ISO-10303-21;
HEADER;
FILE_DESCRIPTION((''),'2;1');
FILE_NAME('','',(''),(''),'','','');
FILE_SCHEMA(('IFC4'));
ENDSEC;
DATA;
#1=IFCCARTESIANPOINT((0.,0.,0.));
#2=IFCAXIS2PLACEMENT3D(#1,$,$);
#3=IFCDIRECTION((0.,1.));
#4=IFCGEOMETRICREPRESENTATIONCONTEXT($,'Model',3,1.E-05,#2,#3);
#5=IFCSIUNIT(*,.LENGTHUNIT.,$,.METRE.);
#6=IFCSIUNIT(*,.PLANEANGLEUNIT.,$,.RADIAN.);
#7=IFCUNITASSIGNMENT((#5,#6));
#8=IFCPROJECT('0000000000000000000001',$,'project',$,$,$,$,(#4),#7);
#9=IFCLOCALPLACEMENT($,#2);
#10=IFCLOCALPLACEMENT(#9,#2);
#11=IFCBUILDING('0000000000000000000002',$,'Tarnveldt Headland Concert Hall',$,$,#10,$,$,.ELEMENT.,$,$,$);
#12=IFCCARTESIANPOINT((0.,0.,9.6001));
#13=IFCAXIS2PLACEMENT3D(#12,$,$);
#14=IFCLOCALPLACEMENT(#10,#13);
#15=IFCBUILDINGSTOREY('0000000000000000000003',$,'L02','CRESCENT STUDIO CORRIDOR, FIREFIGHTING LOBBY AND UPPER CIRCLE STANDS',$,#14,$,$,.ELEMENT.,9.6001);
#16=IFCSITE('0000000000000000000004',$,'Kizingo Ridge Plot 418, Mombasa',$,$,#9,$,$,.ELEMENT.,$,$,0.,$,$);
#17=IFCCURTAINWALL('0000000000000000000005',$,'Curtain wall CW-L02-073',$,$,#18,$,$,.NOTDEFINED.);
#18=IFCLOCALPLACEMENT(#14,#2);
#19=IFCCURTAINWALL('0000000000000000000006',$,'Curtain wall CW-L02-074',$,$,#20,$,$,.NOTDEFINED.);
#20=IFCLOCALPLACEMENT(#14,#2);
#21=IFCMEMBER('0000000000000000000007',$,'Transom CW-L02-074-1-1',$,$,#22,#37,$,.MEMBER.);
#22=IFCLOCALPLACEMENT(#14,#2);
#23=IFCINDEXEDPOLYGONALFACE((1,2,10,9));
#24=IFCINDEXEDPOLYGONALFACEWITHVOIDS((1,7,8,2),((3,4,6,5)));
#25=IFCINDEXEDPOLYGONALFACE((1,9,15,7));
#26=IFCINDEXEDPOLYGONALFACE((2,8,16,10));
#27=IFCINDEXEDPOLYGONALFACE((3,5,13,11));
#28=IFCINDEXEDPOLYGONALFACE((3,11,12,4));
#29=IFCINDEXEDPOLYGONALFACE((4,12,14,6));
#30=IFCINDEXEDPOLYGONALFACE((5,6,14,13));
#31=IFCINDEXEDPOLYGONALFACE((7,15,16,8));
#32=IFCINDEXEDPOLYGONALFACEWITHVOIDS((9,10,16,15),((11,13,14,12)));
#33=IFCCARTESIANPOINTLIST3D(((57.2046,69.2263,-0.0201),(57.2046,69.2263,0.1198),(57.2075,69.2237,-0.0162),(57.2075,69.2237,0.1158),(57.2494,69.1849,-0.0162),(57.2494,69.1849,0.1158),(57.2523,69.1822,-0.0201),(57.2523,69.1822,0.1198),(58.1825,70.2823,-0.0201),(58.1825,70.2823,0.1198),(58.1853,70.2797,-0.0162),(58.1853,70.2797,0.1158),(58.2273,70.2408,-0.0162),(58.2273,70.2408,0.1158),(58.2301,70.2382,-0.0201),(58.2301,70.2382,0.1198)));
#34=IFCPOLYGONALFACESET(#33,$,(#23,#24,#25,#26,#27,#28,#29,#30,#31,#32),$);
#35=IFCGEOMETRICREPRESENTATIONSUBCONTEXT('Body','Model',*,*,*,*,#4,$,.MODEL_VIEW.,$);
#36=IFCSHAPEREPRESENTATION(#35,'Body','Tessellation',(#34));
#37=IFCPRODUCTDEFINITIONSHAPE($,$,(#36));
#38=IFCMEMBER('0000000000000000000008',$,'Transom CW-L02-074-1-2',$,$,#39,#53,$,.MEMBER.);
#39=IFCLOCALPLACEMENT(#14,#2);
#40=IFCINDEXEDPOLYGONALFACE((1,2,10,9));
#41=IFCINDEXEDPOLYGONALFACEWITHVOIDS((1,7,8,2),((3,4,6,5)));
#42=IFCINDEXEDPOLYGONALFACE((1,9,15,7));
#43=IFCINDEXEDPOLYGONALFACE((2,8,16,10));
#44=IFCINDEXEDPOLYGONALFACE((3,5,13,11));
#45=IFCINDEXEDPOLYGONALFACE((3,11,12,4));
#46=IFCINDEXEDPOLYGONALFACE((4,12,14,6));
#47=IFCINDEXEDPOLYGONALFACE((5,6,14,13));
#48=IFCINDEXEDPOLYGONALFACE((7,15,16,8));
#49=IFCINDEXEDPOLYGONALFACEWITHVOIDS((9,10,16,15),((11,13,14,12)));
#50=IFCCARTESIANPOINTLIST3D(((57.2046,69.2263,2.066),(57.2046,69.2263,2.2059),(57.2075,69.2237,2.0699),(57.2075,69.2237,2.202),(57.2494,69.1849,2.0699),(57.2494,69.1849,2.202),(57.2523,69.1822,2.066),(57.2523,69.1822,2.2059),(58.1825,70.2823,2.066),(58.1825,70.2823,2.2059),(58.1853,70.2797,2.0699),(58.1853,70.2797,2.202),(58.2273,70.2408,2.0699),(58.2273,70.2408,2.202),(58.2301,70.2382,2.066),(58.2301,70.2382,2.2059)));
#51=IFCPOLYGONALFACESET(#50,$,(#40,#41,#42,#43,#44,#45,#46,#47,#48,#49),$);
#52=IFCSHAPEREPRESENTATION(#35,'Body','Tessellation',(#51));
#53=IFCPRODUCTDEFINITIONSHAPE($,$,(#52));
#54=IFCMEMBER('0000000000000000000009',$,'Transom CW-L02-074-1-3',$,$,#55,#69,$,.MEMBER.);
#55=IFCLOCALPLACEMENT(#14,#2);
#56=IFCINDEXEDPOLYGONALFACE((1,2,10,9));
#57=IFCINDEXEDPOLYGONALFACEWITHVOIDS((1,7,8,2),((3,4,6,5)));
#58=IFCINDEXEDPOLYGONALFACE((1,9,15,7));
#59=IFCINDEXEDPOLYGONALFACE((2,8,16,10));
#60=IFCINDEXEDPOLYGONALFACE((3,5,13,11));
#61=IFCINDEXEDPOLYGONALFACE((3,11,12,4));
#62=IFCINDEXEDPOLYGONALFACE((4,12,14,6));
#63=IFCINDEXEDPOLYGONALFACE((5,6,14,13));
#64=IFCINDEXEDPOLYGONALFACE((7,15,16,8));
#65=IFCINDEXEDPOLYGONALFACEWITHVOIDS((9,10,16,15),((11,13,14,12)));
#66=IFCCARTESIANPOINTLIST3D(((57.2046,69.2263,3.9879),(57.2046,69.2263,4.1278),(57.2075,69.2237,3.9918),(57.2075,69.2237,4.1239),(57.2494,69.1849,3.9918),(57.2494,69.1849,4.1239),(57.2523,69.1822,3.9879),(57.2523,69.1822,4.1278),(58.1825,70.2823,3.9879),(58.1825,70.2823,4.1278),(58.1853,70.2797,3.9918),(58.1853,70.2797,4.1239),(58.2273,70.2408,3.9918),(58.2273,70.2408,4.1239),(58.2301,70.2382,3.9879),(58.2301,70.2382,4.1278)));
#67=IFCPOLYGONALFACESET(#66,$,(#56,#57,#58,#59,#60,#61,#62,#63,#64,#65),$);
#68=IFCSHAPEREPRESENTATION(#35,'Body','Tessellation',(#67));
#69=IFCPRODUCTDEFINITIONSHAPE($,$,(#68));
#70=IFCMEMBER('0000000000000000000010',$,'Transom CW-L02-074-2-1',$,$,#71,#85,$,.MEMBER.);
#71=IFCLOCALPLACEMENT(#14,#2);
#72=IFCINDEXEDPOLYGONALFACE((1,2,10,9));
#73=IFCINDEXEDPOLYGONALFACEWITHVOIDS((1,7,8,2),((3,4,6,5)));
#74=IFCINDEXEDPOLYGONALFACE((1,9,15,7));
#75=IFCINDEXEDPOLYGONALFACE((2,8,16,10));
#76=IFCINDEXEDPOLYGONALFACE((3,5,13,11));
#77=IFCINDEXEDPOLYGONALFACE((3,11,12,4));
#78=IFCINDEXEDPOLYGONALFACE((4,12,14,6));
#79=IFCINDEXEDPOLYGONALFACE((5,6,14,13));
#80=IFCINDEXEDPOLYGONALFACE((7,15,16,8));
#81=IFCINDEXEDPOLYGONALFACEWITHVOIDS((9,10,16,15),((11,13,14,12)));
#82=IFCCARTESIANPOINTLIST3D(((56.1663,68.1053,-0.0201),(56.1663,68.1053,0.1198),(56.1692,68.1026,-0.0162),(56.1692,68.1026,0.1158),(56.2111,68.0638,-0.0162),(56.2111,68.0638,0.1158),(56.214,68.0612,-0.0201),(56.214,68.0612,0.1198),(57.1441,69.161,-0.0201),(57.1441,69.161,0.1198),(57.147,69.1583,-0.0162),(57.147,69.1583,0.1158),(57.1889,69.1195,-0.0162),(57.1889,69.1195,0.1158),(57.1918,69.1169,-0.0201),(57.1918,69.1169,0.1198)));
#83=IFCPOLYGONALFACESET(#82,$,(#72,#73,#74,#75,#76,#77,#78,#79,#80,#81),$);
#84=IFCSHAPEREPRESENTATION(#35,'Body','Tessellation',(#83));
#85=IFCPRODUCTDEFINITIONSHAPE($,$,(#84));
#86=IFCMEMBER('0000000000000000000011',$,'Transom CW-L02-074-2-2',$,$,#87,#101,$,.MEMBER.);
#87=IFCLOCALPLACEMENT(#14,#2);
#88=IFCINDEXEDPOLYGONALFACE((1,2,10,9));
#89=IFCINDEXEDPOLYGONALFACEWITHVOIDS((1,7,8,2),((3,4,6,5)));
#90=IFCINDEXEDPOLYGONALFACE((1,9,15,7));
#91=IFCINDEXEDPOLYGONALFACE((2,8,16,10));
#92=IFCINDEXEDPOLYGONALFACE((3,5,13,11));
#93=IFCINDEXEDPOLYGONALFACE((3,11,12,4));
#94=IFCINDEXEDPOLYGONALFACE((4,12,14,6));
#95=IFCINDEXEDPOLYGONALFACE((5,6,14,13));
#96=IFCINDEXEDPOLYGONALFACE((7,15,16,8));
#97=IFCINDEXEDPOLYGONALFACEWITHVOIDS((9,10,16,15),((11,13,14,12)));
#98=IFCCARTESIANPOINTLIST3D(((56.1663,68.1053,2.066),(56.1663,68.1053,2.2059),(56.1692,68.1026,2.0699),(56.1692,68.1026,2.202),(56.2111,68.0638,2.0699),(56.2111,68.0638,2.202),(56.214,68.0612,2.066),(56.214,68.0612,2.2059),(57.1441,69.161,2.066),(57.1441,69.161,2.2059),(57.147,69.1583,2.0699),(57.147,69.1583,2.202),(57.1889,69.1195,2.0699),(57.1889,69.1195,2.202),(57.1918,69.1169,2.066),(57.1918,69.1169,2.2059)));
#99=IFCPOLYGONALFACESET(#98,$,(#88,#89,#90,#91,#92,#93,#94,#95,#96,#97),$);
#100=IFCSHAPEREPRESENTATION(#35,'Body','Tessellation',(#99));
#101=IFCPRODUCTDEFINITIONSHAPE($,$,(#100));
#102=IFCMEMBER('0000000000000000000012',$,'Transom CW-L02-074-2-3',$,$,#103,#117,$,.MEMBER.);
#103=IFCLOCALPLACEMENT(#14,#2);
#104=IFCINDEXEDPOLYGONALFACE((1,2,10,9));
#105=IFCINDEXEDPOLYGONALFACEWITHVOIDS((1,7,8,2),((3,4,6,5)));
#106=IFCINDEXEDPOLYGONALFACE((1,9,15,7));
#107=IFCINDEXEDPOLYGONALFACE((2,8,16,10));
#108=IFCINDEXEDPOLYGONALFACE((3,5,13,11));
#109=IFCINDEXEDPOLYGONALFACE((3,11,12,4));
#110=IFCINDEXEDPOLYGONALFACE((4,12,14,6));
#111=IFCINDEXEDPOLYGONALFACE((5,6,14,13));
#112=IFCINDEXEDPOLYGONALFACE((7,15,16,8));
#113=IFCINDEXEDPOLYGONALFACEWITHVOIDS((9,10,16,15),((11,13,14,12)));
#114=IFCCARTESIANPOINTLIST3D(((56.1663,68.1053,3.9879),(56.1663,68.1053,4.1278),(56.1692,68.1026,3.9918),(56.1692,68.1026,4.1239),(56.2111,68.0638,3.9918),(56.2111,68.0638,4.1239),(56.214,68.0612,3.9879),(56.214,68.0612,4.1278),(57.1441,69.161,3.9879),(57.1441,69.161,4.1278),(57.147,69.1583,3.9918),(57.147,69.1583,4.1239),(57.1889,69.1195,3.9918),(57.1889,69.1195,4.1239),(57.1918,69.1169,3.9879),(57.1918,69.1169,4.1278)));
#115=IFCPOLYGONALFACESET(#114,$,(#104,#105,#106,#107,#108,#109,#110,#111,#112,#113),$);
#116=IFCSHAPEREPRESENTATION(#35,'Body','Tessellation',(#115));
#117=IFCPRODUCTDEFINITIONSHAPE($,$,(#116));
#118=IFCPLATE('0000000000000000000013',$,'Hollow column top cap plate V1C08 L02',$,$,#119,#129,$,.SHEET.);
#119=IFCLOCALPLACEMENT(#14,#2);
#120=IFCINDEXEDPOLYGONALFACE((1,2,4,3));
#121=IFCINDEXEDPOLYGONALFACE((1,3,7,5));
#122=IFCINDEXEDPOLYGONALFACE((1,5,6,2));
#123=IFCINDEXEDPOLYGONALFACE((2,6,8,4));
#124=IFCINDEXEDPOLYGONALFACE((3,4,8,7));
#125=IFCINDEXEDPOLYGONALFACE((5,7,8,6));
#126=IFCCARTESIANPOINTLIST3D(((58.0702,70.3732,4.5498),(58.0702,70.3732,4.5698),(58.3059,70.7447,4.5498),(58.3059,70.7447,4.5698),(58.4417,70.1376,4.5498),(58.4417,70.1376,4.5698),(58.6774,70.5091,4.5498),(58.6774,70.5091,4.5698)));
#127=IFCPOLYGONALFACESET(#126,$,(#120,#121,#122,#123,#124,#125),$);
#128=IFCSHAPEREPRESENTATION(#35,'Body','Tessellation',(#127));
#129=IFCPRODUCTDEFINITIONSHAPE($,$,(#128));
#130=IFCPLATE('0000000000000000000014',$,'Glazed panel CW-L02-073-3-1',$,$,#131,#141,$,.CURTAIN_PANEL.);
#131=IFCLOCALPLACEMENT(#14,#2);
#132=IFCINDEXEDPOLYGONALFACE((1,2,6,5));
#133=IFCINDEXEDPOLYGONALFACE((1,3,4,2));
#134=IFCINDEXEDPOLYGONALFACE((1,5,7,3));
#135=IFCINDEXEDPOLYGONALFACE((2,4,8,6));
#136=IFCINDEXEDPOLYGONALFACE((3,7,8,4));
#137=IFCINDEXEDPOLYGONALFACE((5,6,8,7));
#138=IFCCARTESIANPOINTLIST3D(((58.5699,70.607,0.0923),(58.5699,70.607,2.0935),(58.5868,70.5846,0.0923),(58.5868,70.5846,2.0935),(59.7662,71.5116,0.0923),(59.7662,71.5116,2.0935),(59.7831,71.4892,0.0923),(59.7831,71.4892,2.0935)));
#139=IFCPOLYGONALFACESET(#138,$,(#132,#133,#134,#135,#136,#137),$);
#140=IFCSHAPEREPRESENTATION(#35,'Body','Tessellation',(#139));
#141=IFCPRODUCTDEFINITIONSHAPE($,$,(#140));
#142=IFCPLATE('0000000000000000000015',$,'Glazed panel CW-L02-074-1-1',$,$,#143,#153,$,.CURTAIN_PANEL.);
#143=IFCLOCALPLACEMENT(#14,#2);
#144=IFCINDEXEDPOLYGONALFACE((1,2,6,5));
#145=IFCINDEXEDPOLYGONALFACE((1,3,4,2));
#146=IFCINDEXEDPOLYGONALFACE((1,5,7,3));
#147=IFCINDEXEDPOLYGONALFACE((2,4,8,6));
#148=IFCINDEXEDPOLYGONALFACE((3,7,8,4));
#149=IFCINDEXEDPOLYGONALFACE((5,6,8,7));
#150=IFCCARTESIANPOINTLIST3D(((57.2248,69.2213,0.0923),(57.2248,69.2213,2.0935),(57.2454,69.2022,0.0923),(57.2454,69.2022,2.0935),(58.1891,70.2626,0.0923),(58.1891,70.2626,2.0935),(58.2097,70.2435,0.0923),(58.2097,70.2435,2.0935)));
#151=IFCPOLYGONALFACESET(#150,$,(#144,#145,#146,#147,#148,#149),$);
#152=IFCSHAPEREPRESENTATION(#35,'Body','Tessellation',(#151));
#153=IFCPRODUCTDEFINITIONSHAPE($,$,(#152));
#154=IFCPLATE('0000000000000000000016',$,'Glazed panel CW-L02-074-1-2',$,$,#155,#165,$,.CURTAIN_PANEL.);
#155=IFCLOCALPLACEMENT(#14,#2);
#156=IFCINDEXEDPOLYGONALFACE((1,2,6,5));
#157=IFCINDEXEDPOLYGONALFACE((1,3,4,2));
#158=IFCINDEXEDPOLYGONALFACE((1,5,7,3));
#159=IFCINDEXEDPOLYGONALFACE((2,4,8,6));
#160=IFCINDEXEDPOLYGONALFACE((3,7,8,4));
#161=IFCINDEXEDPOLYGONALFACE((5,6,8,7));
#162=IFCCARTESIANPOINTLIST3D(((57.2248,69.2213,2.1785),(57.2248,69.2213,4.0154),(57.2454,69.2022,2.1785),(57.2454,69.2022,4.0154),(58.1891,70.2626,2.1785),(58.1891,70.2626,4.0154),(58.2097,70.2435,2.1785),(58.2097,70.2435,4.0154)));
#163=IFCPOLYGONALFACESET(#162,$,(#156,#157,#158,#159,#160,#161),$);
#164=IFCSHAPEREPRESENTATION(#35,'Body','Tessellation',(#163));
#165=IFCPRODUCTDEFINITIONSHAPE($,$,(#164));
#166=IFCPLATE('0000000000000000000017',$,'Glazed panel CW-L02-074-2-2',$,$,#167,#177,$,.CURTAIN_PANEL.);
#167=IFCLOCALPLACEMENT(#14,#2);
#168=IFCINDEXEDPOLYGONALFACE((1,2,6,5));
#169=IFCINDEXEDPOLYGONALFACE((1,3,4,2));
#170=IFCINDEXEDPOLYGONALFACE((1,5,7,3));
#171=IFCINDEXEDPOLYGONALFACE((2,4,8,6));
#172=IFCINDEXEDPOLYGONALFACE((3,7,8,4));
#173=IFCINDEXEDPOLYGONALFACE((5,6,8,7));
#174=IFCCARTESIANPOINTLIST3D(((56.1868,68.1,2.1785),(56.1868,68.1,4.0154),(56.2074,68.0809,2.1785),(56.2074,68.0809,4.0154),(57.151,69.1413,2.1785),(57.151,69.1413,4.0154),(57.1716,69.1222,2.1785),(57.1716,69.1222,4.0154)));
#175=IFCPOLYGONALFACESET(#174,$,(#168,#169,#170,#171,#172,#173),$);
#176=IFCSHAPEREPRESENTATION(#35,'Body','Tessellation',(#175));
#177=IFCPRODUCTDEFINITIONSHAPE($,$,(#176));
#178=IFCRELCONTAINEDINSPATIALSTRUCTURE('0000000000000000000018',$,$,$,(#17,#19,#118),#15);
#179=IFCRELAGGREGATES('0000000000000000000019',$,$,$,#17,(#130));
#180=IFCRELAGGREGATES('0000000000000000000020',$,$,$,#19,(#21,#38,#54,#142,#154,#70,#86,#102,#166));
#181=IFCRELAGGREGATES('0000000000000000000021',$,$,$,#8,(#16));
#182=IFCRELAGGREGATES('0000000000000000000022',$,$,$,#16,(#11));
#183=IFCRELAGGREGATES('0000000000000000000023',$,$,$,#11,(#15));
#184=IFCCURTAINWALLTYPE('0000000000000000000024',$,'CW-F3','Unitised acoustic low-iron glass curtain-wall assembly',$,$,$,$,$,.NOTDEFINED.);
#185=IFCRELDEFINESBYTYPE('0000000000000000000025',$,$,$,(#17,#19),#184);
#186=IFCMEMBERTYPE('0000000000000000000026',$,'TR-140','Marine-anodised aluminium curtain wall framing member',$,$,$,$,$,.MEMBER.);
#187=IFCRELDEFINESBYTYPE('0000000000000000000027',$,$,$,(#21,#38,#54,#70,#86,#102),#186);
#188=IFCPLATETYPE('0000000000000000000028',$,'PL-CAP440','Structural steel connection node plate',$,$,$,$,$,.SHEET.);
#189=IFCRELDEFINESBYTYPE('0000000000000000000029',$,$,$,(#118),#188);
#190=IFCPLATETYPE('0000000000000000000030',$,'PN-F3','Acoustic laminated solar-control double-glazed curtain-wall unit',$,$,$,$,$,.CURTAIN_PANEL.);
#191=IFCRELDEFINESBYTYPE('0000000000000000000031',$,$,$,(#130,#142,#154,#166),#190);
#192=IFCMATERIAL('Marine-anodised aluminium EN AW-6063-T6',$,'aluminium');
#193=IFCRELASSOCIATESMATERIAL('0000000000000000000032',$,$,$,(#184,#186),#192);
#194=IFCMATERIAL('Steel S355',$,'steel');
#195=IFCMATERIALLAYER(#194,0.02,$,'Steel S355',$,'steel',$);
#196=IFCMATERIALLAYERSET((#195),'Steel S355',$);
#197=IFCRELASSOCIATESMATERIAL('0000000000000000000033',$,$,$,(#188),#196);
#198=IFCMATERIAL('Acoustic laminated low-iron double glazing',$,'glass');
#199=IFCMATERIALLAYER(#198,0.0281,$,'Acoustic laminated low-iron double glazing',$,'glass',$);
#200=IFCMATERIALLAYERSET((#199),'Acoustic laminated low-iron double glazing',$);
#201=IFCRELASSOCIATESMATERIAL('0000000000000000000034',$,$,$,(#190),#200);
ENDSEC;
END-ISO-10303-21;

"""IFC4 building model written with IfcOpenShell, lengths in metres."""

from ifc_helpers import new_model, si_unit, direction, frame, origin, origin_2d, place, context, subcontext, project, spatial, rectangle, hollow_rectangle, extrude, material, layer, layer_set, material_profile, profile_set, type_object, element, aggregate, save


model = new_model("IFC4")

# Units and contexts
model_context = context("Model", 3, precision=1e-05, world=origin(), true_north=direction((0.0, 1.0)))
body_context = subcontext(model_context, "Body", "Model", "MODEL_VIEW")
ifc_project = project(units=[si_unit("LENGTHUNIT", "METRE"), si_unit("PLANEANGLEUNIT", "RADIAN")], contexts=[model_context])

# Site, building, storey
site_placement = place(None, origin())
site = spatial("IfcSite", under=ifc_project, at=site_placement, Name="Kizingo Ridge Plot 418, Mombasa", CompositionType="ELEMENT", RefElevation=0.0)
building_placement = place(site_placement, origin())
building = spatial("IfcBuilding", under=site, at=building_placement, Name="Tarnveldt Headland Concert Hall", CompositionType="ELEMENT")
storey_placement = place(building_placement, frame((0.0, 0.0, 9.6001)))
storey = spatial("IfcBuildingStorey", under=building, at=storey_placement, Name="L02", Description="CRESCENT STUDIO CORRIDOR, FIREFIGHTING LOBBY AND UPPER CIRCLE STANDS", CompositionType="ELEMENT", Elevation=9.6001)

# Shared definitions
ifc_material_1 = material(Name="Steel S355", Category="steel")

# Curtain wall
ifc_material_2 = material(Name="Marine-anodised aluminium EN AW-6063-T6", Category="aluminium")
curtain_wall_type = type_object("IfcCurtainWallType", Name="CW-F3", Description="Unitised acoustic low-iron glass curtain-wall assembly", PredefinedType="NOTDEFINED", material=ifc_material_2)
curtain_wall_1_placement = place(storey_placement, origin())
curtain_wall_1 = element("IfcCurtainWall", 1, at=curtain_wall_1_placement, inside=storey, type_object=curtain_wall_type, Name="Curtain wall CW-L02-073", PredefinedType="NOTDEFINED")

# Curtain wall
curtain_wall_2_placement = place(storey_placement, origin())
curtain_wall_2 = element("IfcCurtainWall", 2, at=curtain_wall_2_placement, inside=storey, type_object=curtain_wall_type, Name="Curtain wall CW-L02-074", PredefinedType="NOTDEFINED")

# Members
ifc_material_profile_1 = material_profile(ifc_material_2, hollow_rectangle(XDim=0.0649, YDim=0.1399, WallThickness=0.0039, at=origin_2d()), Name="ALU TRANSOM 65x140x4", Category="aluminium")
ifc_profile_set_1 = profile_set([ifc_material_profile_1], Name="Marine-anodised aluminium EN AW-6063-T6")
member_type_1 = type_object("IfcMemberType", Name="TR-140", Description="Marine-anodised aluminium curtain wall framing member", PredefinedType="MEMBER", material=ifc_profile_set_1)
member_1_placement = place(storey_placement, frame((58.2063, 70.2603, 0.0498), z_axis=(-0.679442, -0.733729, 0.0), x_axis=(0.733729, -0.679442, 0.0)))
member_1 = element("IfcMember", 3, at=member_1_placement, type_object=member_type_1, Name="Transom CW-L02-074-1-1", PredefinedType="MEMBER", context=body_context, shape_type="SweptSolid", body=[
    extrude(hollow_rectangle(XDim=0.0649, YDim=0.1399, WallThickness=0.0039, at=origin_2d()), origin(), (0.0, 0.0, 1.0), 1.4392),
])
member_2_placement = place(storey_placement, frame((58.2063, 70.2603, 2.136), z_axis=(-0.679442, -0.733729, 0.0), x_axis=(0.733729, -0.679442, 0.0)))
member_2 = element("IfcMember", 4, at=member_2_placement, type_object=member_type_1, Name="Transom CW-L02-074-1-2", PredefinedType="MEMBER", context=body_context, shape_type="SweptSolid", body=[
    extrude(hollow_rectangle(XDim=0.0649, YDim=0.1399, WallThickness=0.0039, at=origin_2d()), origin(), (0.0, 0.0, 1.0), 1.4392),
])
member_3_placement = place(storey_placement, frame((58.2063, 70.2603, 4.0579), z_axis=(-0.679442, -0.733729, 0.0), x_axis=(0.733729, -0.679442, 0.0)))
member_3 = element("IfcMember", 5, at=member_3_placement, type_object=member_type_1, Name="Transom CW-L02-074-1-3", PredefinedType="MEMBER", context=body_context, shape_type="SweptSolid", body=[
    extrude(hollow_rectangle(XDim=0.0649, YDim=0.1399, WallThickness=0.0039, at=origin_2d()), origin(), (0.0, 0.0, 1.0), 1.4392),
])
member_4_placement = place(storey_placement, frame((57.168, 69.1389, 0.0498), z_axis=(-0.679526, -0.733651, 0.0), x_axis=(0.733651, -0.679526, 0.0)))
member_4 = element("IfcMember", 6, at=member_4_placement, type_object=member_type_1, Name="Transom CW-L02-074-2-1", PredefinedType="MEMBER", context=body_context, shape_type="SweptSolid", body=[
    extrude(hollow_rectangle(XDim=0.0649, YDim=0.1399, WallThickness=0.0039, at=origin_2d()), origin(), (0.0, 0.0, 1.0), 1.439),
])
member_5_placement = place(storey_placement, frame((57.168, 69.1389, 2.136), z_axis=(-0.679526, -0.733651, 0.0), x_axis=(0.733651, -0.679526, 0.0)))
member_5 = element("IfcMember", 7, at=member_5_placement, type_object=member_type_1, Name="Transom CW-L02-074-2-2", PredefinedType="MEMBER", context=body_context, shape_type="SweptSolid", body=[
    extrude(hollow_rectangle(XDim=0.0649, YDim=0.1399, WallThickness=0.0039, at=origin_2d()), origin(), (0.0, 0.0, 1.0), 1.439),
])
member_6_placement = place(storey_placement, frame((57.168, 69.1389, 4.0579), z_axis=(-0.679526, -0.733651, 0.0), x_axis=(0.733651, -0.679526, 0.0)))
member_6 = element("IfcMember", 8, at=member_6_placement, type_object=member_type_1, Name="Transom CW-L02-074-2-3", PredefinedType="MEMBER", context=body_context, shape_type="SweptSolid", body=[
    extrude(hollow_rectangle(XDim=0.0649, YDim=0.1399, WallThickness=0.0039, at=origin_2d()), origin(), (0.0, 0.0, 1.0), 1.439),
])

# Plates
ifc_layer_1 = layer(ifc_material_1, 0.02, Name="Steel S355", Category="steel")
ifc_layer_set_1 = layer_set([ifc_layer_1], Name="Steel S355")
plate_type_1 = type_object("IfcPlateType", Name="PL-CAP440", Description="Structural steel connection node plate", PredefinedType="SHEET", material=ifc_layer_set_1)
plate_1_placement = place(storey_placement, frame((58.3738, 70.4412, 4.5498), z_axis=(0.0, 0.0, 1.0), x_axis=(-0.844421, 0.535679, 0.0)))
element("IfcPlate", 9, at=plate_1_placement, inside=storey, type_object=plate_type_1, Name="Hollow column top cap plate V1C08 L02", PredefinedType="SHEET", context=body_context, shape_type="SweptSolid", body=[
    extrude(rectangle(XDim=0.4399, YDim=0.4399, at=origin_2d()), origin(), (0.0, 0.0, 1.0), 0.02),
])
ifc_material_3 = material(Name="Acoustic laminated low-iron double glazing", Category="glass")
ifc_layer_2 = layer(ifc_material_3, 0.0281, Name="Acoustic laminated low-iron double glazing", Category="glass")
ifc_layer_set_2 = layer_set([ifc_layer_2], Name="Acoustic laminated low-iron double glazing")
plate_type_2 = type_object("IfcPlateType", Name="PN-F3", Description="Acoustic laminated solar-control double-glazed curtain-wall unit", PredefinedType="CURTAIN_PANEL", material=ifc_layer_set_2)
plate_2_placement = place(storey_placement, frame((59.1765, 71.0481, 0.0923), z_axis=(0.0, 0.0, 1.0), x_axis=(-0.797658, -0.603111, 0.0)))
plate_2 = element("IfcPlate", 10, at=plate_2_placement, type_object=plate_type_2, Name="Glazed panel CW-L02-073-3-1", PredefinedType="CURTAIN_PANEL", context=body_context, shape_type="SweptSolid", body=[
    extrude(rectangle(XDim=1.4998, YDim=0.0281, at=origin_2d()), origin(), (0.0, 0.0, 1.0), 2.0012),
])
aggregate(curtain_wall_1, [plate_2])
plate_3_placement = place(storey_placement, frame((57.7173, 69.7324, 0.0923), z_axis=(0.0, 0.0, 1.0), x_axis=(-0.679467, -0.733706, 0.0)))
plate_3 = element("IfcPlate", 11, at=plate_3_placement, type_object=plate_type_2, Name="Glazed panel CW-L02-074-1-1", PredefinedType="CURTAIN_PANEL", context=body_context, shape_type="SweptSolid", body=[
    extrude(rectangle(XDim=1.4192, YDim=0.0281, at=origin_2d()), origin(), (0.0, 0.0, 1.0), 2.0012),
])
plate_4_placement = place(storey_placement, frame((57.7173, 69.7324, 2.1785), z_axis=(0.0, 0.0, 1.0), x_axis=(-0.679467, -0.733706, 0.0)))
plate_4 = element("IfcPlate", 12, at=plate_4_placement, type_object=plate_type_2, Name="Glazed panel CW-L02-074-1-2", PredefinedType="CURTAIN_PANEL", context=body_context, shape_type="SweptSolid", body=[
    extrude(rectangle(XDim=1.4192, YDim=0.0281, at=origin_2d()), origin(), (0.0, 0.0, 1.0), 1.8369),
])
plate_5_placement = place(storey_placement, frame((56.6792, 68.6111, 2.1785), z_axis=(0.0, 0.0, 1.0), x_axis=(-0.679467, -0.733706, 0.0)))
plate_5 = element("IfcPlate", 13, at=plate_5_placement, type_object=plate_type_2, Name="Glazed panel CW-L02-074-2-2", PredefinedType="CURTAIN_PANEL", context=body_context, shape_type="SweptSolid", body=[
    extrude(rectangle(XDim=1.4192, YDim=0.0281, at=origin_2d()), origin(), (0.0, 0.0, 1.0), 1.8369),
])
aggregate(curtain_wall_2, [member_1, member_2, member_3, plate_3, plate_4, member_4, member_5, member_6, plate_5])

save(model, "model.ifc")
